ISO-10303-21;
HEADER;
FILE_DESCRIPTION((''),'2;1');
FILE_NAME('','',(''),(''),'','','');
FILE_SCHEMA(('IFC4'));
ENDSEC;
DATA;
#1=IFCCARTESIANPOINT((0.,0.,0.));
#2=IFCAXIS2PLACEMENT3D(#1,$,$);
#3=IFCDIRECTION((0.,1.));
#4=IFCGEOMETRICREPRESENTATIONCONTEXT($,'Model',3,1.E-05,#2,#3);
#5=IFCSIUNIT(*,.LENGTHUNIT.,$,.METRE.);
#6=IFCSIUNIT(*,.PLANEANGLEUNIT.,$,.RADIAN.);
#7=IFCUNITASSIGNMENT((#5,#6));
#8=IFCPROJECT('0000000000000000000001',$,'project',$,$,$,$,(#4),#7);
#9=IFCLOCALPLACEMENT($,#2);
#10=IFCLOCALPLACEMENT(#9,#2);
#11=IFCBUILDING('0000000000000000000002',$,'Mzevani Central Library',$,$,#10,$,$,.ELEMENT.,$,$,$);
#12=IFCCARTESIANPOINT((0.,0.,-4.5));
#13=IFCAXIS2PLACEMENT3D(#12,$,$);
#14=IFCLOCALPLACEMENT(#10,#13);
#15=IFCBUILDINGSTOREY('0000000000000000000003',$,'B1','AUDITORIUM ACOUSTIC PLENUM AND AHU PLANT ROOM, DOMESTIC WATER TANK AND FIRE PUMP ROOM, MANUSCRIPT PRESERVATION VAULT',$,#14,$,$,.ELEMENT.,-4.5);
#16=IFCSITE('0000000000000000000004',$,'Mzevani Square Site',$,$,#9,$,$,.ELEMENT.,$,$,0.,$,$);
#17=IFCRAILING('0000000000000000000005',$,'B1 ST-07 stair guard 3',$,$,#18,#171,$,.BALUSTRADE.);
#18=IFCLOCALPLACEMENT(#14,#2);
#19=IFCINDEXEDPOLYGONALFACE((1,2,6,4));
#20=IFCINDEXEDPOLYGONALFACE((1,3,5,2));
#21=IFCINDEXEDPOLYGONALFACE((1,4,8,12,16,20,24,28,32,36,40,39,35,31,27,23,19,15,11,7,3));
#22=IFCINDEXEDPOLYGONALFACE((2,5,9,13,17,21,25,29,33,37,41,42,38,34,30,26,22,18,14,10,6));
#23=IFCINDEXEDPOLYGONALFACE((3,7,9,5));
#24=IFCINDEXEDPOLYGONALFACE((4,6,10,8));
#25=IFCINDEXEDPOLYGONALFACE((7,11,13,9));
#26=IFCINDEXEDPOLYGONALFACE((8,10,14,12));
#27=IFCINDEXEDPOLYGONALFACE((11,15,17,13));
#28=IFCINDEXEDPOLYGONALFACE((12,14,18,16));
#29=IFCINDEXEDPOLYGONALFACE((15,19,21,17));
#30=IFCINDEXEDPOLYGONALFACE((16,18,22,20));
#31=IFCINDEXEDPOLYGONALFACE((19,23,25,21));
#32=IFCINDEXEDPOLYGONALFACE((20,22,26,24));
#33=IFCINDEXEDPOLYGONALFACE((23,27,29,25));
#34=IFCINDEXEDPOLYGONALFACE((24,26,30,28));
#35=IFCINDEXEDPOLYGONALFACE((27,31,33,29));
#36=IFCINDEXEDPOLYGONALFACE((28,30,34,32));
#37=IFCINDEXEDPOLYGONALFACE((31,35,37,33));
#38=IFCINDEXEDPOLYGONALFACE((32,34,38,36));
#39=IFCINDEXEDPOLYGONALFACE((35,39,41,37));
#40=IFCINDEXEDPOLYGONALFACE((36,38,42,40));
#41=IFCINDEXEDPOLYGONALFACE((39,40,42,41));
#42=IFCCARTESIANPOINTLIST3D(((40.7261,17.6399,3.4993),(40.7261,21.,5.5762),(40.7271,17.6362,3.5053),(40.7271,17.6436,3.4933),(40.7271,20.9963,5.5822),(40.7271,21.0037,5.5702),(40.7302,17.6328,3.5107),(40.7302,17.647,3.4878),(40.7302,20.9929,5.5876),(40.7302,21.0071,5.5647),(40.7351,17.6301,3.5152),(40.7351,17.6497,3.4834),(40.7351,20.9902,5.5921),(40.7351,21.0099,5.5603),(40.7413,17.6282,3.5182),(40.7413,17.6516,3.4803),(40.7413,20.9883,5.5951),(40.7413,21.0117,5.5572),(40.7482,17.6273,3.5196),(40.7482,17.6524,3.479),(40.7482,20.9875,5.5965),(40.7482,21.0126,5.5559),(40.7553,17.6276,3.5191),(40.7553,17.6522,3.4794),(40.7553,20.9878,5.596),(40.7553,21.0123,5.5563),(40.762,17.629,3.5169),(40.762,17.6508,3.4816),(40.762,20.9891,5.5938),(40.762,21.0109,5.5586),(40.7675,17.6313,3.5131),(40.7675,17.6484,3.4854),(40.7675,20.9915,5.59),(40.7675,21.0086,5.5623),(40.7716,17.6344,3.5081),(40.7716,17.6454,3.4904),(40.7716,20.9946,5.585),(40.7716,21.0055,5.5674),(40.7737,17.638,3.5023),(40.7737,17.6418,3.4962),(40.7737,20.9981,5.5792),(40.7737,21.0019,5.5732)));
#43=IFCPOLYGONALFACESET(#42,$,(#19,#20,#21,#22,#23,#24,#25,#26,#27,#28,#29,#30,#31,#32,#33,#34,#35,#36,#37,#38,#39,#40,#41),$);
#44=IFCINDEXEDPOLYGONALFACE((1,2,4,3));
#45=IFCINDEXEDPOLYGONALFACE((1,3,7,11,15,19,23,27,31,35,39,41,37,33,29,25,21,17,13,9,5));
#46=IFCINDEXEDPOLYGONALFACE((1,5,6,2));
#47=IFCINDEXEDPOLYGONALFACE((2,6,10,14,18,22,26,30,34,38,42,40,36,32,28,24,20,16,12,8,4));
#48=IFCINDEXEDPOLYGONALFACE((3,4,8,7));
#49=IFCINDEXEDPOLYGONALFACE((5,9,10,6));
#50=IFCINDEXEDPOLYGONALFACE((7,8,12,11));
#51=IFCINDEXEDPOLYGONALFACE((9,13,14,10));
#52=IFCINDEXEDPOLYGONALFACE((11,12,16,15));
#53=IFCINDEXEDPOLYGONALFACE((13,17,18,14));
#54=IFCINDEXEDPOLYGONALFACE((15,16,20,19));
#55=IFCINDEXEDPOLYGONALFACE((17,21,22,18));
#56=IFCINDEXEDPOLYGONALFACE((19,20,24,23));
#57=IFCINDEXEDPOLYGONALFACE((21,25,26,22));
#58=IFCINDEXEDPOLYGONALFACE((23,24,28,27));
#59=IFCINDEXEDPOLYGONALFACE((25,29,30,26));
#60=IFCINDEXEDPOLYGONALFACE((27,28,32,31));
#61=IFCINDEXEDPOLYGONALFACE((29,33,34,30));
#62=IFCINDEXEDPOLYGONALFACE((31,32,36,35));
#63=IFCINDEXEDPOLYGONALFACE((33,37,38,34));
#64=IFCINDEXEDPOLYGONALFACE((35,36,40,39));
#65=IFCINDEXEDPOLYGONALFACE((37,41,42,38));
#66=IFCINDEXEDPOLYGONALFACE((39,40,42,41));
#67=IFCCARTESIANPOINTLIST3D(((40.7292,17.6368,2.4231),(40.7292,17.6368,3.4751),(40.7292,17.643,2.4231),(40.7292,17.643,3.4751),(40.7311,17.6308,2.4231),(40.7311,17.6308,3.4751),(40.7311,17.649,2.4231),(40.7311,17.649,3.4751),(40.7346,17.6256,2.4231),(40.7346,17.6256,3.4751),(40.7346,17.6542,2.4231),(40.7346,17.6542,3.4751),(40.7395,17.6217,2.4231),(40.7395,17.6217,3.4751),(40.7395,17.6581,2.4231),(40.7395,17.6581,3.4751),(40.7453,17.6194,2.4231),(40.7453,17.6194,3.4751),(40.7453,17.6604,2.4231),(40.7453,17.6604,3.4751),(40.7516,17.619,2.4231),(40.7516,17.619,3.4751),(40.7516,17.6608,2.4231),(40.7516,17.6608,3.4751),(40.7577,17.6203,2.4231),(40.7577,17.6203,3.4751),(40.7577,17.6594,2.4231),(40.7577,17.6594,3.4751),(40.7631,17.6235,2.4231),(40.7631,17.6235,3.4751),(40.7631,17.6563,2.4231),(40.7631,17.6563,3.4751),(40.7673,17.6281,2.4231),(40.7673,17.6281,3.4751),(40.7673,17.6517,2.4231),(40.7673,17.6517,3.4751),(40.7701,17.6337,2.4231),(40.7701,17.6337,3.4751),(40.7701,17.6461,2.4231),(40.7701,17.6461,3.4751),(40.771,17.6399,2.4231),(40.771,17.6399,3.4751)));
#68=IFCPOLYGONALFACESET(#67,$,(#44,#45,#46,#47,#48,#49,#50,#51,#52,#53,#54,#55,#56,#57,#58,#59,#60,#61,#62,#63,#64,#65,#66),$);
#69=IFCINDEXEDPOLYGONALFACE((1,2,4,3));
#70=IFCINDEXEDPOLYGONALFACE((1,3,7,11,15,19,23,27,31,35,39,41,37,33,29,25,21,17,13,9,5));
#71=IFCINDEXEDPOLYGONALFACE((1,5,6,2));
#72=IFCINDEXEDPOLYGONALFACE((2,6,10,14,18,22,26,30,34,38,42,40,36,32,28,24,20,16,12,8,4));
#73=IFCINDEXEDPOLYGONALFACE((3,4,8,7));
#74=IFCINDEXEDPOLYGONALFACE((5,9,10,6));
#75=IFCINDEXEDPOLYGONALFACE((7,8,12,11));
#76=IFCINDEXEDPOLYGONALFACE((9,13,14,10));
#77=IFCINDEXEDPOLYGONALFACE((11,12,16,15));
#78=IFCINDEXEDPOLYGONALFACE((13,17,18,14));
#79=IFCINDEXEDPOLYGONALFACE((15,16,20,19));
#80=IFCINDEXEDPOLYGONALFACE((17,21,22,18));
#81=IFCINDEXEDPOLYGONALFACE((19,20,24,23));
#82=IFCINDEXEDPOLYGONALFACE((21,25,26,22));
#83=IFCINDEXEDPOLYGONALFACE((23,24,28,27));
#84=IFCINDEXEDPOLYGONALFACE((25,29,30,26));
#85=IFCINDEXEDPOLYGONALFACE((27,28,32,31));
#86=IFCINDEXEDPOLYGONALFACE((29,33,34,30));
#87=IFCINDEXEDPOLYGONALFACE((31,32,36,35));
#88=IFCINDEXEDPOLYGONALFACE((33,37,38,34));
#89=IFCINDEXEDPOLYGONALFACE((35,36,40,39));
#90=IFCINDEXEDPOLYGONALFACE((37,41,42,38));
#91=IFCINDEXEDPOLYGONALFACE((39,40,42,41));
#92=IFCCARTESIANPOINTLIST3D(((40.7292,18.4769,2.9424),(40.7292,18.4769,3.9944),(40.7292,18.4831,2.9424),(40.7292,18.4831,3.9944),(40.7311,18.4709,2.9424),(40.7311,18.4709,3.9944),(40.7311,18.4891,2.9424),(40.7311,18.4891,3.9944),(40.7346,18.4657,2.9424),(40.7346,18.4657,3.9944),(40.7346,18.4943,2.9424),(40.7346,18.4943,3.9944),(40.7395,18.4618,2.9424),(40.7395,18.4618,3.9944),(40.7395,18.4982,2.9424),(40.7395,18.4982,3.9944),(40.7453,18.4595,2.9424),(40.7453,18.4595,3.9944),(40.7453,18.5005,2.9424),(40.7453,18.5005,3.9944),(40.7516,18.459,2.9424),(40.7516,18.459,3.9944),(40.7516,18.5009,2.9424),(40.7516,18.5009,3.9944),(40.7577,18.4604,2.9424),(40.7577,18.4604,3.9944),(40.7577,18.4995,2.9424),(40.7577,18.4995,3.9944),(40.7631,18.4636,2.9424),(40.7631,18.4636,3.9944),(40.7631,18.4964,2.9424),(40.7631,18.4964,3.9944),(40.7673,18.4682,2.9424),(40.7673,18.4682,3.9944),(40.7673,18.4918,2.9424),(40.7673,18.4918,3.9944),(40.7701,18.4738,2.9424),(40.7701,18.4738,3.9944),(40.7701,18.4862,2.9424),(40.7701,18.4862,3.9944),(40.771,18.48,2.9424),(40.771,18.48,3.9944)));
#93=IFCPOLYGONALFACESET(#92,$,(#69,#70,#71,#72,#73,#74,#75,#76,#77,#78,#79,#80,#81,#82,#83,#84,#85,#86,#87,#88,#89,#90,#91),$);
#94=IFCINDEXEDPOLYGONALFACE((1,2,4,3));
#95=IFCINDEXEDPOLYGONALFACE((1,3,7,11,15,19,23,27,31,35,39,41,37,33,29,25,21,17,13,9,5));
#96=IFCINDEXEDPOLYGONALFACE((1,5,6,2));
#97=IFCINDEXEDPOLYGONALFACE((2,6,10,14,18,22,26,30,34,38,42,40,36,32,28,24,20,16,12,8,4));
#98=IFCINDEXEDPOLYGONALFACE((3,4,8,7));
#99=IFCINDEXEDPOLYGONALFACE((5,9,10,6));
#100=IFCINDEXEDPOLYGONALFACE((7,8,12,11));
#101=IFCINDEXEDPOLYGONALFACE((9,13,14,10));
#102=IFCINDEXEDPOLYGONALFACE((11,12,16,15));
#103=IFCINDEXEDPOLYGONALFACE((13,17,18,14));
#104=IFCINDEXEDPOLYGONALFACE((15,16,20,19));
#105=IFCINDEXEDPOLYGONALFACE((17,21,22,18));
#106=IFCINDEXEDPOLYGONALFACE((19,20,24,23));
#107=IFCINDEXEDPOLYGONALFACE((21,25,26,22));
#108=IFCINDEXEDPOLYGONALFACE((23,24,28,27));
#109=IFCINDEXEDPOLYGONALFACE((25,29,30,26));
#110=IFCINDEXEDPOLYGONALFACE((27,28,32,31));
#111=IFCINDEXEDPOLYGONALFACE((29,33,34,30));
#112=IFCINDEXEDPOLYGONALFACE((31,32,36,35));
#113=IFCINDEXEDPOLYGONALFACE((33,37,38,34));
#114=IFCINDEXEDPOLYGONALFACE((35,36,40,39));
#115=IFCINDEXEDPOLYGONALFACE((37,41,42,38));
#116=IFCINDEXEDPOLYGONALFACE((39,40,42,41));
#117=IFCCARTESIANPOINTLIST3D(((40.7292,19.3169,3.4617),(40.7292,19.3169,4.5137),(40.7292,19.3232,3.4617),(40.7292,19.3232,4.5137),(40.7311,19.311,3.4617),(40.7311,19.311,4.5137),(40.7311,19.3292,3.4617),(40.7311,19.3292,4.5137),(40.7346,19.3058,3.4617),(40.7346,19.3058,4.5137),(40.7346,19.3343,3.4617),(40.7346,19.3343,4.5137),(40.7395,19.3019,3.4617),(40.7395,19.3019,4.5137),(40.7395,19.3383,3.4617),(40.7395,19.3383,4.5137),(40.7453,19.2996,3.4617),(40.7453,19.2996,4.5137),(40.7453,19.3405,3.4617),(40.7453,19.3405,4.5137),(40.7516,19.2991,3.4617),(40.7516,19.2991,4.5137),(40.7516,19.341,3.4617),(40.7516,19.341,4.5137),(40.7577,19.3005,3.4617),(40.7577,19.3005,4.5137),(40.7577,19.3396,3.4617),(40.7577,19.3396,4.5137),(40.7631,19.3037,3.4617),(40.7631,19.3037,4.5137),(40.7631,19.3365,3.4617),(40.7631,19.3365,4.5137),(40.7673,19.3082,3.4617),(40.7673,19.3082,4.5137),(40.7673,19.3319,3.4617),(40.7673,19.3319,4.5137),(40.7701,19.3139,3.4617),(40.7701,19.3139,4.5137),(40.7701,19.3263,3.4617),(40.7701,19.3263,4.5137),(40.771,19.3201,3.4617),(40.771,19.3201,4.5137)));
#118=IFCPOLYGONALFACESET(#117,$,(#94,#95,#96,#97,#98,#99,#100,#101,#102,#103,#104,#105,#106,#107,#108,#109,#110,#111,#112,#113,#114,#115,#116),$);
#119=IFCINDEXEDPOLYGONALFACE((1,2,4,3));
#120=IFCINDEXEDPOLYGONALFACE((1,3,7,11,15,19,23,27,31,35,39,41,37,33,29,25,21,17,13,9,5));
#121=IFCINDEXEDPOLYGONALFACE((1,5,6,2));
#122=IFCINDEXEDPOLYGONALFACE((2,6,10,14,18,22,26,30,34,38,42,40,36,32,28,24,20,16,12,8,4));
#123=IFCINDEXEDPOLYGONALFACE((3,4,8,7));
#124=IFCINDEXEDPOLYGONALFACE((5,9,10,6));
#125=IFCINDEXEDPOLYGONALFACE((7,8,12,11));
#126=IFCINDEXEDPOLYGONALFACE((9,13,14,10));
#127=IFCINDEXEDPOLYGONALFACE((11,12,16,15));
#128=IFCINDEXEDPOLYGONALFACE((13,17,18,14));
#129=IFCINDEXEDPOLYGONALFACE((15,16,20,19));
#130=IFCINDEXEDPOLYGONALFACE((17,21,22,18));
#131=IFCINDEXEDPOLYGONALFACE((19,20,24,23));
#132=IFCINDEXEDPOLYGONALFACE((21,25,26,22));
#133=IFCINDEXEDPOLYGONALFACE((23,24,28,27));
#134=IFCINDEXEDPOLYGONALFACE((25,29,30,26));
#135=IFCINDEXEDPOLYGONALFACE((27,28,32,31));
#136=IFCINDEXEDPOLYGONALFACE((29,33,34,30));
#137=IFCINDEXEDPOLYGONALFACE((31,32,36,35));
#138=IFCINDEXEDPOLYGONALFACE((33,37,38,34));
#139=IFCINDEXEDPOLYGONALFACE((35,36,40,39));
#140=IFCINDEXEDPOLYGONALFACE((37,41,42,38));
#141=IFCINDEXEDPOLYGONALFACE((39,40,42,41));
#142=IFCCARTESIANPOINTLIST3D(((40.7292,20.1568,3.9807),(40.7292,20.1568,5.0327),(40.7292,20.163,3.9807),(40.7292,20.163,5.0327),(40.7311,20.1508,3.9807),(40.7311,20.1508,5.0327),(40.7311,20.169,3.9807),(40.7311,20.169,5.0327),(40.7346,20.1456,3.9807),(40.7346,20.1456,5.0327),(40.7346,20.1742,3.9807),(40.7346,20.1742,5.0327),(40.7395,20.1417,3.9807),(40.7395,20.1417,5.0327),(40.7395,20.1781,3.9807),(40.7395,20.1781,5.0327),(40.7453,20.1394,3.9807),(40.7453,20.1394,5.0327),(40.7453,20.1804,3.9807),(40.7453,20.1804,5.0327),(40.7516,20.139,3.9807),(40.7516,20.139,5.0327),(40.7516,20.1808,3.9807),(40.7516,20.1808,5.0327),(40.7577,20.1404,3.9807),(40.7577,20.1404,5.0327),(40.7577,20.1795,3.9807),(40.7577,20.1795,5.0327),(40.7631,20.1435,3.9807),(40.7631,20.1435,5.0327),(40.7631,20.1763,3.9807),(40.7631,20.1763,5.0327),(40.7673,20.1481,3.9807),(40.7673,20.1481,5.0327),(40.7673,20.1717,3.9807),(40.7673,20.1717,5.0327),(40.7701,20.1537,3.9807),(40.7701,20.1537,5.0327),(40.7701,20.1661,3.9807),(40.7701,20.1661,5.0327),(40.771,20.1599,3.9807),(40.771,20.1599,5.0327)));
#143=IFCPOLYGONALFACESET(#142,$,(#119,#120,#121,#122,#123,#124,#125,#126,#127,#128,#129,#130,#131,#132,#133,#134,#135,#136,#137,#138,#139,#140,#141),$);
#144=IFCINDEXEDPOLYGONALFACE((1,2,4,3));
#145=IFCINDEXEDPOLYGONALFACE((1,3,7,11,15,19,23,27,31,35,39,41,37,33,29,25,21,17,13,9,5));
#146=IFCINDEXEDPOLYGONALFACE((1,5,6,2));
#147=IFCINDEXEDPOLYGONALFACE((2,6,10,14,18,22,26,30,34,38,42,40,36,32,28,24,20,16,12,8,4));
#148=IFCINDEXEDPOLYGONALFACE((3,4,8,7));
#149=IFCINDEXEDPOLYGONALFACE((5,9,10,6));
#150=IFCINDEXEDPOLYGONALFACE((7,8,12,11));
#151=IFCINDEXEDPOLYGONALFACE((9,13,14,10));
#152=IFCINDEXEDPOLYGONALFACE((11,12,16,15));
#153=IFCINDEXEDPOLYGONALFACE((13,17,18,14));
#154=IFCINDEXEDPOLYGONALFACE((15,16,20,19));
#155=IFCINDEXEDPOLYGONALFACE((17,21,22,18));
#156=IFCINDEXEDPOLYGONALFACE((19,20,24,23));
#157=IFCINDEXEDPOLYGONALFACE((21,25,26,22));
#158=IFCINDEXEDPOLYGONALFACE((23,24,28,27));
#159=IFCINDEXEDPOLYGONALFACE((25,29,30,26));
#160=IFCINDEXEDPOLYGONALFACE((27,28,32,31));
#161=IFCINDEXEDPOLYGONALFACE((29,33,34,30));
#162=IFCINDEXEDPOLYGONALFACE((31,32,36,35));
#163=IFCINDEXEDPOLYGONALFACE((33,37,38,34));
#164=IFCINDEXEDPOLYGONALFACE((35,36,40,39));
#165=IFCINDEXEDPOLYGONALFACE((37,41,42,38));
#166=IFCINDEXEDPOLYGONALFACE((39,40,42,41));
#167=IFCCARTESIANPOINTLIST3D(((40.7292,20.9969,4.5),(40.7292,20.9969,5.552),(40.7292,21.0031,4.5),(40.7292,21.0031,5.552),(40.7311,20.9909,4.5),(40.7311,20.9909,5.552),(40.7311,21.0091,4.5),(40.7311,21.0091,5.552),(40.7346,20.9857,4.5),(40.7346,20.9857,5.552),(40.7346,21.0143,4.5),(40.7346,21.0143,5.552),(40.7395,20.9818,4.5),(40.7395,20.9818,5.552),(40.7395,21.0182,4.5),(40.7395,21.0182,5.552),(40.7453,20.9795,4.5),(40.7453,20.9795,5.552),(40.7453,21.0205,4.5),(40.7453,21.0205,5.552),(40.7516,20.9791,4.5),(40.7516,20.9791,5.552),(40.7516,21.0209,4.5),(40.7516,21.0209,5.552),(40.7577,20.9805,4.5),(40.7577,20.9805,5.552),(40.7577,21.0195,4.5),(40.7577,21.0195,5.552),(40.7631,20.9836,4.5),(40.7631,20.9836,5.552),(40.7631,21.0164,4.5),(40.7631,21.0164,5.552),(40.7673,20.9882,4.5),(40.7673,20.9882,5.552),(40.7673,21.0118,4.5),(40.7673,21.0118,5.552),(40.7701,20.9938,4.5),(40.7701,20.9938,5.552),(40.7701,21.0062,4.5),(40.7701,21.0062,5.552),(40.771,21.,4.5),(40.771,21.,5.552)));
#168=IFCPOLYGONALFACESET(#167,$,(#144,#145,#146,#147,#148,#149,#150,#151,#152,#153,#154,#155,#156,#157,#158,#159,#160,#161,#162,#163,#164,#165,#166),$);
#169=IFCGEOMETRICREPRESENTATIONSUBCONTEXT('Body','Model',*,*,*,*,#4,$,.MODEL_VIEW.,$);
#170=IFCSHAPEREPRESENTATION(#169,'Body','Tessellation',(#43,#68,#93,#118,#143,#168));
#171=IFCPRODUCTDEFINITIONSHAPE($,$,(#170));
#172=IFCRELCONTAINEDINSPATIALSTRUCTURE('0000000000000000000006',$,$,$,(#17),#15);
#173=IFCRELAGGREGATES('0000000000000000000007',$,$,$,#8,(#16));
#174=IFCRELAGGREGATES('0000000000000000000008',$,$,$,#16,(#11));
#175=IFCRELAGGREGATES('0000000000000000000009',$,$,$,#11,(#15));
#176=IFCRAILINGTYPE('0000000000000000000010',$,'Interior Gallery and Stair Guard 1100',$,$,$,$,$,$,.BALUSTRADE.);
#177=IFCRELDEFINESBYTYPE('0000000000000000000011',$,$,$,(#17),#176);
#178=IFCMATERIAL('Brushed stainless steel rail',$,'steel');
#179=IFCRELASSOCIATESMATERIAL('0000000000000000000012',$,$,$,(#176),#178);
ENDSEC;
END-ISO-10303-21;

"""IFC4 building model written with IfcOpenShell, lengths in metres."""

from ifc_helpers import new_model, si_unit, direction, frame, origin, origin_2d, place, context, subcontext, project, spatial, circle, extrude, material, type_object, element, save


model = new_model("IFC4")

# Units and contexts
model_context = context("Model", 3, precision=1e-05, world=origin(), true_north=direction((0.0, 1.0)))
body_context = subcontext(model_context, "Body", "Model", "MODEL_VIEW")
ifc_project = project(units=[si_unit("LENGTHUNIT", "METRE"), si_unit("PLANEANGLEUNIT", "RADIAN")], contexts=[model_context])

# Site, building, storey
site_placement = place(None, origin())
site = spatial("IfcSite", under=ifc_project, at=site_placement, Name="Mzevani Square Site", CompositionType="ELEMENT", RefElevation=0.0)
building_placement = place(site_placement, origin())
building = spatial("IfcBuilding", under=site, at=building_placement, Name="Mzevani Central Library", CompositionType="ELEMENT")
storey_placement = place(building_placement, frame((0.0, 0.0, -4.5)))
storey = spatial("IfcBuildingStorey", under=building, at=storey_placement, Name="B1", Description="AUDITORIUM ACOUSTIC PLENUM AND AHU PLANT ROOM, DOMESTIC WATER TANK AND FIRE PUMP ROOM, MANUSCRIPT PRESERVATION VAULT", CompositionType="ELEMENT", Elevation=-4.5)

# Railing
ifc_material_1 = material(Name="Brushed stainless steel rail", Category="steel")
railing_type_1 = type_object("IfcRailingType", Name="Interior Gallery and Stair Guard 1100", PredefinedType="BALUSTRADE", material=ifc_material_1)
railing_1_placement = place(storey_placement, frame((40.75, 17.6399, 2.4231)))
element("IfcRailing", 1, at=railing_1_placement, inside=storey, type_object=railing_type_1, Name="B1 ST-07 stair guard 3", PredefinedType="BALUSTRADE", context=body_context, shape_type="SweptSolid", body=[
    extrude(circle(Radius=0.0239, at=origin_2d()), frame((0.0, 0.0, 1.0762), z_axis=(0.0, 0.850623, 0.525776), x_axis=(-1.0, 0.0, 0.0)), (0.0, 0.0, 1.0), 3.9502),
    extrude(circle(Radius=0.021, at=origin_2d()), origin(), (0.0, 0.0, 1.0), 1.052),
    extrude(circle(Radius=0.021, at=origin_2d()), frame((0.0, 0.8401, 0.5193)), (0.0, 0.0, 1.0), 1.052),
    extrude(circle(Radius=0.021, at=origin_2d()), frame((0.0, 1.6802, 1.0386)), (0.0, 0.0, 1.0), 1.052),
    extrude(circle(Radius=0.021, at=origin_2d()), frame((0.0, 2.52, 1.5576)), (0.0, 0.0, 1.0), 1.052),
    extrude(circle(Radius=0.021, at=origin_2d()), frame((0.0, 3.3601, 2.0769)), (0.0, 0.0, 1.0), 1.052),
])

save(model, "model.ifc")
